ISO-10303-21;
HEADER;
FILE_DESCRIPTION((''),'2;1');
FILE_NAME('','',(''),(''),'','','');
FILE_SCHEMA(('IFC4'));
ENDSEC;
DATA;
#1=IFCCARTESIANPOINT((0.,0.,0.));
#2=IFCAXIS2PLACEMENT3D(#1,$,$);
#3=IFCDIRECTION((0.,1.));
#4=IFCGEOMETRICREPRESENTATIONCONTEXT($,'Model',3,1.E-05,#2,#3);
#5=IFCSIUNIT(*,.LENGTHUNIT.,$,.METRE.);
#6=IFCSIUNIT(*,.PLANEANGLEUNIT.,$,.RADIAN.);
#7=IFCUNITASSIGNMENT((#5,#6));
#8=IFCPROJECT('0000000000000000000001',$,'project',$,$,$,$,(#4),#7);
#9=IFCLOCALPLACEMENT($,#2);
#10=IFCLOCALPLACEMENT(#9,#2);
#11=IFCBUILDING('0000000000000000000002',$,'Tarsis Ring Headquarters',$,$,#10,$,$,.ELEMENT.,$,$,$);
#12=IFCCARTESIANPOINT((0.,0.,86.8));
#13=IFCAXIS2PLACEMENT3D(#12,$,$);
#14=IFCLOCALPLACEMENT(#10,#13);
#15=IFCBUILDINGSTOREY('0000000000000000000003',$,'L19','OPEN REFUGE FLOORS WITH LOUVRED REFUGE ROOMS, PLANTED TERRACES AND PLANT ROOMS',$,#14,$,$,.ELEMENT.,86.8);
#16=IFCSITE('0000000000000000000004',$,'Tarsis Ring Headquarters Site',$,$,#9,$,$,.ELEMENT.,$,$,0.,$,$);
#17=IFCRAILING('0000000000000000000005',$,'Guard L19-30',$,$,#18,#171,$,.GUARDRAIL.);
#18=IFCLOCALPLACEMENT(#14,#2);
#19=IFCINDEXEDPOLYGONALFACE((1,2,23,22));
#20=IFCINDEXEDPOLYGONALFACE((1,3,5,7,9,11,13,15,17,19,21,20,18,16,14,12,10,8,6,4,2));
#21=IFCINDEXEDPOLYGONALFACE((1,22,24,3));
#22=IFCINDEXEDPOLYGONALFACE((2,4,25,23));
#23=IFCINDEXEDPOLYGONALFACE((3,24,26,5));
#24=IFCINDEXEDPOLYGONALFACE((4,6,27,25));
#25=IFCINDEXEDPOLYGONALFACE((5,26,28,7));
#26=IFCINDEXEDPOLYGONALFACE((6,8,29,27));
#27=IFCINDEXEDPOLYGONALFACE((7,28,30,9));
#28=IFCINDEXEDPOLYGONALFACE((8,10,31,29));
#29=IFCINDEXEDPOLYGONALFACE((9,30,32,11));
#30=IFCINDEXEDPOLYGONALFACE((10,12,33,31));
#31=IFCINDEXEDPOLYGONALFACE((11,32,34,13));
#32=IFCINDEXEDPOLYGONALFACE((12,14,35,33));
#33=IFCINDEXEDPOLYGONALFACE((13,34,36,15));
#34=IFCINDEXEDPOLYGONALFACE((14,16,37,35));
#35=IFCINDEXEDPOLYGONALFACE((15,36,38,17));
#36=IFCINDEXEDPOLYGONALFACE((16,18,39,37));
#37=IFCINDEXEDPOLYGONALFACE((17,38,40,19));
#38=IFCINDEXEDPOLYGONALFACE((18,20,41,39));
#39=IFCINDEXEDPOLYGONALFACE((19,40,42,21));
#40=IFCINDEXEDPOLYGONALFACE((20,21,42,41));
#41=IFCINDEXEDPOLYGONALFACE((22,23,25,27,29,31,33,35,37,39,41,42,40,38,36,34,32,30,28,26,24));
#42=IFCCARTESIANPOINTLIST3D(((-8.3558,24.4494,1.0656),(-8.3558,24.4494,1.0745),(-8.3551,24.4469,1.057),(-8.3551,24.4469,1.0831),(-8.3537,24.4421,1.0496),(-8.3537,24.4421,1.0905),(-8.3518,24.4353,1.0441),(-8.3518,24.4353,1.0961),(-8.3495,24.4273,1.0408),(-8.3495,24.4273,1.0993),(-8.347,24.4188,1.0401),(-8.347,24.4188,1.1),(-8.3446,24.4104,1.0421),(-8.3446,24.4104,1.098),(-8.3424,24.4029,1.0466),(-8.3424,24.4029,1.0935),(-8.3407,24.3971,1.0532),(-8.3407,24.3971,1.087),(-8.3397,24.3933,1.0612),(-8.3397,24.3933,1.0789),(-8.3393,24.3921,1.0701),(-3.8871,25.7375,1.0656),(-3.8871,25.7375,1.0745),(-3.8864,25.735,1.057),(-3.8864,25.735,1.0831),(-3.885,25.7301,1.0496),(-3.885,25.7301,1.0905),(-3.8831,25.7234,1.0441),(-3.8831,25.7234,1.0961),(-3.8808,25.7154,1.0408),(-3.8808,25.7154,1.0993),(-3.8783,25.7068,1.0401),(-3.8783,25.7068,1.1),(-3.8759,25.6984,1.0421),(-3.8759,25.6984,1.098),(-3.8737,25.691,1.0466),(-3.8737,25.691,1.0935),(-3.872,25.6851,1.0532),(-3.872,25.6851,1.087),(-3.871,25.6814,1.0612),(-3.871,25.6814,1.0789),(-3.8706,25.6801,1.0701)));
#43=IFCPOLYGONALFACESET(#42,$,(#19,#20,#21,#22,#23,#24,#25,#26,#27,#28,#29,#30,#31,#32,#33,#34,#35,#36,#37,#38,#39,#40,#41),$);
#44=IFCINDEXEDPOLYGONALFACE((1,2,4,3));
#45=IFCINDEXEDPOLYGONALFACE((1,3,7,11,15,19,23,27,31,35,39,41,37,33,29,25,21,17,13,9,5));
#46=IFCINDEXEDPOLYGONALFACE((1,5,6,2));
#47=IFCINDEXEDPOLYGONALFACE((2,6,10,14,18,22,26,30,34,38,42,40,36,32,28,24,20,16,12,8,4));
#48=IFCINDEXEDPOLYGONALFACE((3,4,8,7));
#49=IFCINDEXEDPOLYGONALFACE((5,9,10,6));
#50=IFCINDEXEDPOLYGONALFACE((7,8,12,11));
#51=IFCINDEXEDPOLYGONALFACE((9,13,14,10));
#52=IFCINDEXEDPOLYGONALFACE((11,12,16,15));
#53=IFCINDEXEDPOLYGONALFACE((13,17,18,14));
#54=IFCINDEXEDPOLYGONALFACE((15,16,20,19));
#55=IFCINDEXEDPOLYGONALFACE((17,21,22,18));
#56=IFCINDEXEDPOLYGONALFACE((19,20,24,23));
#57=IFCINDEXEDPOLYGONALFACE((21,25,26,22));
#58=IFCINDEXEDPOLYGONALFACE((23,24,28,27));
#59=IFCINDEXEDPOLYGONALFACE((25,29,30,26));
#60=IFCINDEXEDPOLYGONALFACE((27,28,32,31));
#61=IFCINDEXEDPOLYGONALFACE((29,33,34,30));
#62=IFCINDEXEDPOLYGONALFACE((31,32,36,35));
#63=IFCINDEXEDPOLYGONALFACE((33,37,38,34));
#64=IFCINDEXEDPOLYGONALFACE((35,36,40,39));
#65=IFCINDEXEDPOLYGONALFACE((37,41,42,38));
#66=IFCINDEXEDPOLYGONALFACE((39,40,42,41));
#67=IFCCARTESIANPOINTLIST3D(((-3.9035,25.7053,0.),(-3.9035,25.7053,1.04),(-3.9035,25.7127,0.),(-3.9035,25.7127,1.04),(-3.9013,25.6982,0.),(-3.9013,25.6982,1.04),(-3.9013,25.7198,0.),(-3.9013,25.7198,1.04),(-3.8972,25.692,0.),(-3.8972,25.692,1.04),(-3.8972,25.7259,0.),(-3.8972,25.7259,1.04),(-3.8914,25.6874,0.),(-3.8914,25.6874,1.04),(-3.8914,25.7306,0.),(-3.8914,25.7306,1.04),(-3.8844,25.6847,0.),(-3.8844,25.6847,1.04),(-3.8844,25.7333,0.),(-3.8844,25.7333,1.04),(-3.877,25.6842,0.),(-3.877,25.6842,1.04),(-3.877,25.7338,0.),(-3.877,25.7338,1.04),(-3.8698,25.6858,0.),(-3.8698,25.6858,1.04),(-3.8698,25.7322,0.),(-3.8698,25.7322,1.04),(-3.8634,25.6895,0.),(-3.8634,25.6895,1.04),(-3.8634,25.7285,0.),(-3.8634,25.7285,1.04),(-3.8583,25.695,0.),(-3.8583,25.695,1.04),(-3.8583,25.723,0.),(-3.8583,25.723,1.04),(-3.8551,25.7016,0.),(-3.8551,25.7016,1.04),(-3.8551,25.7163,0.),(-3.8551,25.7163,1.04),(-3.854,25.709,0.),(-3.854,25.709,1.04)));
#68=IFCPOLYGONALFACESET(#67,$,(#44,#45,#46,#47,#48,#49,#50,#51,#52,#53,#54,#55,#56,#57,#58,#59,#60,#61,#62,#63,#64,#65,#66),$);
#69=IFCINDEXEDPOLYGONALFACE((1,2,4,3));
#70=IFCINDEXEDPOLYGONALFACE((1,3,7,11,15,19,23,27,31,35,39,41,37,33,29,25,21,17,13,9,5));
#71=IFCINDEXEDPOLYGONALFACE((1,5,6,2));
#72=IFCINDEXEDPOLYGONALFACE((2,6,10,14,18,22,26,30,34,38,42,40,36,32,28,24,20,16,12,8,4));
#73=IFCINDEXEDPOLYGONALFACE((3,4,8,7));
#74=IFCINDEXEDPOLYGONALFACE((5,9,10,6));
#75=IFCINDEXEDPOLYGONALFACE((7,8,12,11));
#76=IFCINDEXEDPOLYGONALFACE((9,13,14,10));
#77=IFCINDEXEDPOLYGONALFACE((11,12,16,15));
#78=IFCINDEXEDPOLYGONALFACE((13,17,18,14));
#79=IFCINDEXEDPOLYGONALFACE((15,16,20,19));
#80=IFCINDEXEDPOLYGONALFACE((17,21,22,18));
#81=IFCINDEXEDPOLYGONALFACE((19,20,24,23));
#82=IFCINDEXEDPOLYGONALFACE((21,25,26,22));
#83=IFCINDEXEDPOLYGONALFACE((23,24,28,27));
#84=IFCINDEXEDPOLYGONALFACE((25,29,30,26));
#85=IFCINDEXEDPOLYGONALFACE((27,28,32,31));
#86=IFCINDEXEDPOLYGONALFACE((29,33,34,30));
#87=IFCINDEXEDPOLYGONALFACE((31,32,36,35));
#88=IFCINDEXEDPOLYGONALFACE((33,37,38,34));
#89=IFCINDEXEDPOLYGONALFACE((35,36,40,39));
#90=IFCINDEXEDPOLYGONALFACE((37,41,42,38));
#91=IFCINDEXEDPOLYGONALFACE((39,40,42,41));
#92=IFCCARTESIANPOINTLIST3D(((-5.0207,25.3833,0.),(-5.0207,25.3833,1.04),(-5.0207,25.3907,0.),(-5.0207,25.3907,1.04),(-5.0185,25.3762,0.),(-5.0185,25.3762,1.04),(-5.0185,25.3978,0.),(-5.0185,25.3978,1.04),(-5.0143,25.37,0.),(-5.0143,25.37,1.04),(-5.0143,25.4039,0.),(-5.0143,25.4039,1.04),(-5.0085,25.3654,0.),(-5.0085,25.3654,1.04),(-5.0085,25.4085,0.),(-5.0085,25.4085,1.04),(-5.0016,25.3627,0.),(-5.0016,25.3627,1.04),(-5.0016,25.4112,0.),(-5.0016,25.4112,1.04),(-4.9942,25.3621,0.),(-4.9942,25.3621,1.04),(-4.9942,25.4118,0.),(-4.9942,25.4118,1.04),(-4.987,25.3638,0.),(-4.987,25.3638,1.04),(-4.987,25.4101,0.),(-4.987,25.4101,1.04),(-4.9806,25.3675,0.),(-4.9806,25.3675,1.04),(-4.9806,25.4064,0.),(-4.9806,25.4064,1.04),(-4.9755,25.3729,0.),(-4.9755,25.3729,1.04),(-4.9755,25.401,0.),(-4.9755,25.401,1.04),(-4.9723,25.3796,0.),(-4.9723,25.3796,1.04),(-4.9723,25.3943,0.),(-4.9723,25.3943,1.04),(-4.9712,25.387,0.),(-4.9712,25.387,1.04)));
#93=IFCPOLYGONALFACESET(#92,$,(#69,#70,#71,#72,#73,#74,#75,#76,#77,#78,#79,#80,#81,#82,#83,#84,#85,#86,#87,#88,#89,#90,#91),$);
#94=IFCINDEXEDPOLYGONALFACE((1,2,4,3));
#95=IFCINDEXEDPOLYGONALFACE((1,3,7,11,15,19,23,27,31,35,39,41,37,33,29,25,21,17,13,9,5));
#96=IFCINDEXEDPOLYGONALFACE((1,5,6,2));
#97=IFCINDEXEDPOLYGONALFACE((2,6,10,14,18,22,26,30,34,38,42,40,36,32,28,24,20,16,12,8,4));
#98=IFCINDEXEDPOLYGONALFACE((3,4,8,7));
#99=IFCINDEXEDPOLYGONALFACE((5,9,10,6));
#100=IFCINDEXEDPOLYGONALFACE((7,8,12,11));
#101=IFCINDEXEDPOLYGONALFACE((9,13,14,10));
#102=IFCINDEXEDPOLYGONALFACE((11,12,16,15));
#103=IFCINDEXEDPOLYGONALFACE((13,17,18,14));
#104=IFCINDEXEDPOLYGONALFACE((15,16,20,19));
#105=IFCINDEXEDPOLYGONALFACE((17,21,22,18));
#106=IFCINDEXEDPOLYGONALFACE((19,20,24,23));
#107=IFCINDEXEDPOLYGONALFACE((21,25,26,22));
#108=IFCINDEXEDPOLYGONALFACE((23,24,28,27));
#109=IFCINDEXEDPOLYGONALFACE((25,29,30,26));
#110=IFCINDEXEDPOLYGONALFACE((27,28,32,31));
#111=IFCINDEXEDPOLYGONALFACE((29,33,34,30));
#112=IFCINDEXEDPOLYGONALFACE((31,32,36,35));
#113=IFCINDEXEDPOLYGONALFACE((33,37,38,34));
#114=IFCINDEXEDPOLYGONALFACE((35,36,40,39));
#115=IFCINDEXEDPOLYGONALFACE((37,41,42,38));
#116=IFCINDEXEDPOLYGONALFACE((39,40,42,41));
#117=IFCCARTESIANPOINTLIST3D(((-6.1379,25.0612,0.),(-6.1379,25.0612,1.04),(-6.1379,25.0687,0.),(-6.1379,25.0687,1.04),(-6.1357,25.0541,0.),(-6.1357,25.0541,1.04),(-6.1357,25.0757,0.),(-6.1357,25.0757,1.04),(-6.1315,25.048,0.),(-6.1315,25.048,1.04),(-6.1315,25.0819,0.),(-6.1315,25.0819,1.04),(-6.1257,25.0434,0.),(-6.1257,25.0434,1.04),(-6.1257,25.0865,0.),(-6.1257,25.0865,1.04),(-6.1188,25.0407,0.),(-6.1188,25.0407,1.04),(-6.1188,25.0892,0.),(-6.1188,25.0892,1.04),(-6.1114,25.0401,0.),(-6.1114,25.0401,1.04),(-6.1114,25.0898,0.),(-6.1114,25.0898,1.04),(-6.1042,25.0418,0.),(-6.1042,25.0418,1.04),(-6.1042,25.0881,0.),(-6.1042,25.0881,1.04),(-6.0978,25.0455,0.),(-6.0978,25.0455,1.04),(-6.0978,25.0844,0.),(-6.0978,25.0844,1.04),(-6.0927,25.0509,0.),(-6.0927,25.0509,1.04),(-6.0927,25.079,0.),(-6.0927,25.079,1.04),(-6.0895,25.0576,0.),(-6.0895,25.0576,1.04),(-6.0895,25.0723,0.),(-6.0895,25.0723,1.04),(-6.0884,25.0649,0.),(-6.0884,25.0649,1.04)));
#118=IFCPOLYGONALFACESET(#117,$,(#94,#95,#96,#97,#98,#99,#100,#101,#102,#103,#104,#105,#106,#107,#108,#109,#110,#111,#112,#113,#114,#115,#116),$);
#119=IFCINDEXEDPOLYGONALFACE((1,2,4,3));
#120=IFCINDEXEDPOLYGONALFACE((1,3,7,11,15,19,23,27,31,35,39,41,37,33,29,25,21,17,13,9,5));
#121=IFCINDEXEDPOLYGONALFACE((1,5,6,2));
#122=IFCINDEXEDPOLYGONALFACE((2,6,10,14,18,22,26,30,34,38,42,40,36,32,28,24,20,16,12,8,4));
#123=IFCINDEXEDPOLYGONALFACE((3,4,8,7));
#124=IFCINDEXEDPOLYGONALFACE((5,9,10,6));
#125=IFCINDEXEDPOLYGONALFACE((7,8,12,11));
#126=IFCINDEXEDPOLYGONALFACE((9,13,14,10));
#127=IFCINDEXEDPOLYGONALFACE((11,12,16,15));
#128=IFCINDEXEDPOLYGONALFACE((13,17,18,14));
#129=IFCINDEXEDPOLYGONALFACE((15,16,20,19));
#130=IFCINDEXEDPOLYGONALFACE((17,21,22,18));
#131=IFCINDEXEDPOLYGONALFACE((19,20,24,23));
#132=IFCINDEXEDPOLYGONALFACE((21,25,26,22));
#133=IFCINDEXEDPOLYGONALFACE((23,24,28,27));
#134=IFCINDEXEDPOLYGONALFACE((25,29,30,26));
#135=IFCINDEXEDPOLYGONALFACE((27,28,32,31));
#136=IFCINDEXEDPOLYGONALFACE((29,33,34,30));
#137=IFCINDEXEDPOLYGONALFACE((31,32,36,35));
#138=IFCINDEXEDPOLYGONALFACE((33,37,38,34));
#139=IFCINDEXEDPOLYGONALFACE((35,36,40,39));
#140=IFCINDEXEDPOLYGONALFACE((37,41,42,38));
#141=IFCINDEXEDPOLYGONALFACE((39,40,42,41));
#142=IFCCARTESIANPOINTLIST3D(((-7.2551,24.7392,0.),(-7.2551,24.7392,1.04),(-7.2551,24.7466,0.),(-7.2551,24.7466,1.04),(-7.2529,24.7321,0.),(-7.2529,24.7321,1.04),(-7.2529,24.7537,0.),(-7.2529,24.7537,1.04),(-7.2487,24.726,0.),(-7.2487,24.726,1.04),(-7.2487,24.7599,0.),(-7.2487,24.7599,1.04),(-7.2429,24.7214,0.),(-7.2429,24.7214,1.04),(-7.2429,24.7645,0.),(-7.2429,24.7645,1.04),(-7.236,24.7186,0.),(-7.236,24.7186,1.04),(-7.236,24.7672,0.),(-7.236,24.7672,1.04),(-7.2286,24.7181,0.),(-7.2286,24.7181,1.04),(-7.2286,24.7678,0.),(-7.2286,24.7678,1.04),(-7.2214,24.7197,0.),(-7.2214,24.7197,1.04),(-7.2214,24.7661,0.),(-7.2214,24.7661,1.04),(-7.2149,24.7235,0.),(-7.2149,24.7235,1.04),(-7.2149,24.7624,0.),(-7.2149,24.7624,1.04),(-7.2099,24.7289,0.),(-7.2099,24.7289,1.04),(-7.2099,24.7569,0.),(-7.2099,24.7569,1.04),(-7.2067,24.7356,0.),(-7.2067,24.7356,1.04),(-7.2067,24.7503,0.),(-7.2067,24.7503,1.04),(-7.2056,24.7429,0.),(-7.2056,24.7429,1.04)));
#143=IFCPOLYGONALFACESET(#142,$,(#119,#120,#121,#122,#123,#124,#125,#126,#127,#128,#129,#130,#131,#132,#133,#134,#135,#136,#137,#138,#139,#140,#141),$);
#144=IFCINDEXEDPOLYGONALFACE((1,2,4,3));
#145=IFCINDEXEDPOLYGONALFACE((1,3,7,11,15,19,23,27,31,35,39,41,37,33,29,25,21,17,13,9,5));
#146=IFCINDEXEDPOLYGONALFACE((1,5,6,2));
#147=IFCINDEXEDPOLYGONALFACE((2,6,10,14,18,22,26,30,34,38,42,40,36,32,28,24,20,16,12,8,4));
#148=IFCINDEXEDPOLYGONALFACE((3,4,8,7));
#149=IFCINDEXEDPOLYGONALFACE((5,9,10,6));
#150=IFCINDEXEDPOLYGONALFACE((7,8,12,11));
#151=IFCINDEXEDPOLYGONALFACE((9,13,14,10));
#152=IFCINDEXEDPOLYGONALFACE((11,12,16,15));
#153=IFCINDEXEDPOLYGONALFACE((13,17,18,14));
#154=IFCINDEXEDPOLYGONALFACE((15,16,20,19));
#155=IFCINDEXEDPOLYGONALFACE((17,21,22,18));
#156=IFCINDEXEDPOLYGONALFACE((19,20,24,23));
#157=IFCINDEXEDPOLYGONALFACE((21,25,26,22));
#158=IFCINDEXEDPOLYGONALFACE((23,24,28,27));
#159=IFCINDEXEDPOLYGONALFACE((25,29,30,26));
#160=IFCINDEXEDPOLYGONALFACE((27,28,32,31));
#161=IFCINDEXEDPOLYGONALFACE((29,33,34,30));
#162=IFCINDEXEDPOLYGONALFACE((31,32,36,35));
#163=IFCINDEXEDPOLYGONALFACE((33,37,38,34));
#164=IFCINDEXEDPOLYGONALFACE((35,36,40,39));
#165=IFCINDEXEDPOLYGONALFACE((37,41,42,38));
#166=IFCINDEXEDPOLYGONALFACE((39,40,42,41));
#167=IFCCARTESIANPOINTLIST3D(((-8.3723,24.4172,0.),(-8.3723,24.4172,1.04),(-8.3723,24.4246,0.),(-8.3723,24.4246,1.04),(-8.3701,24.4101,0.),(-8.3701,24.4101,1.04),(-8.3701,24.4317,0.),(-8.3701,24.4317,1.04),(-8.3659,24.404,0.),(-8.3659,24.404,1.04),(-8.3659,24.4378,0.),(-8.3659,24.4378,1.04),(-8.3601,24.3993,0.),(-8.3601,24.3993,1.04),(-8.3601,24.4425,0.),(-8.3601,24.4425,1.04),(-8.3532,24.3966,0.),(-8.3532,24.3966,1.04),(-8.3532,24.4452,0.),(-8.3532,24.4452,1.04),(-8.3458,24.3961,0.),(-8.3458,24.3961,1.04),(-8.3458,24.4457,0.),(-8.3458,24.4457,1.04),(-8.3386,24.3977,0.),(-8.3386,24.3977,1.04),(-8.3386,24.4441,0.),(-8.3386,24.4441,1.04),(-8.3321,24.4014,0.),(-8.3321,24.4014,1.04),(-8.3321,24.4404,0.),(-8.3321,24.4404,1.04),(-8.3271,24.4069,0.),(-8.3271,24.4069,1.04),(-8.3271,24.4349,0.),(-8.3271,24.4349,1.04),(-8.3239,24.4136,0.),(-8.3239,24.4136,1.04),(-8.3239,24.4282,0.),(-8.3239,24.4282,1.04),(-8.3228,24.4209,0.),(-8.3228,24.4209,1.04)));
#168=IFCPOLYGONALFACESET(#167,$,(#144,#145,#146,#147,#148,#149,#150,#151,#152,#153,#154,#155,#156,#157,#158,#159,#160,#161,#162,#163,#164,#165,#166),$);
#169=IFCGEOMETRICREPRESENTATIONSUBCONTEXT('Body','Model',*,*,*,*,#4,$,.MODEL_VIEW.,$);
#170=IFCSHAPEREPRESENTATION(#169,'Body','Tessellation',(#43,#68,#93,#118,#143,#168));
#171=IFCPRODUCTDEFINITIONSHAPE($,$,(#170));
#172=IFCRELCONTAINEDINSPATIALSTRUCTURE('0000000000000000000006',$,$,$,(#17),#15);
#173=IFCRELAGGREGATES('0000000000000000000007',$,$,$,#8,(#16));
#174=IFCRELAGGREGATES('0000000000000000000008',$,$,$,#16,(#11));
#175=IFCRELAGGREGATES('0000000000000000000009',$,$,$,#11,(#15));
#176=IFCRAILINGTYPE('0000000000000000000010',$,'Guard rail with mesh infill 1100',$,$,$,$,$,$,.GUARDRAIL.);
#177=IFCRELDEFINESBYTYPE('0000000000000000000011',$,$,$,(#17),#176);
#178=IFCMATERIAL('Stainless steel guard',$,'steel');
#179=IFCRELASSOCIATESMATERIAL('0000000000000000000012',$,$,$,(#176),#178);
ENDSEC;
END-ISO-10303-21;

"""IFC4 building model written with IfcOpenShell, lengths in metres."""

from ifc_helpers import new_model, si_unit, direction, frame, origin, origin_2d, place, context, subcontext, project, spatial, circle, extrude, material, type_object, element, save


model = new_model("IFC4")

# Units and contexts
model_context = context("Model", 3, precision=1e-05, world=origin(), true_north=direction((0.0, 1.0)))
body_context = subcontext(model_context, "Body", "Model", "MODEL_VIEW")
ifc_project = project(units=[si_unit("LENGTHUNIT", "METRE"), si_unit("PLANEANGLEUNIT", "RADIAN")], contexts=[model_context])

# Site, building, storey
site_placement = place(None, origin())
site = spatial("IfcSite", under=ifc_project, at=site_placement, Name="Tarsis Ring Headquarters Site", CompositionType="ELEMENT", RefElevation=0.0)
building_placement = place(site_placement, origin())
building = spatial("IfcBuilding", under=site, at=building_placement, Name="Tarsis Ring Headquarters", CompositionType="ELEMENT")
storey_placement = place(building_placement, frame((0.0, 0.0, 86.8)))
storey = spatial("IfcBuildingStorey", under=building, at=storey_placement, Name="L19", Description="OPEN REFUGE FLOORS WITH LOUVRED REFUGE ROOMS, PLANTED TERRACES AND PLANT ROOMS", CompositionType="ELEMENT", Elevation=86.8)

# Railing
ifc_material_1 = material(Name="Stainless steel guard", Category="steel")
railing_type_1 = type_object("IfcRailingType", Name="Guard rail with mesh infill 1100", PredefinedType="GUARDRAIL", material=ifc_material_1)
railing_1_placement = place(storey_placement, frame((-3.8789, 25.709, 0.0)))
element("IfcRailing", 1, at=railing_1_placement, inside=storey, type_object=railing_type_1, Name="Guard L19-30", PredefinedType="GUARDRAIL", context=body_context, shape_type="SweptSolid", body=[
    extrude(circle(Radius=0.03, at=origin_2d()), frame((0.0, 0.0, 1.0701), z_axis=(-0.960879, -0.276967, 0.0), x_axis=(0.276967, -0.960879, 0.0)), (0.0, 0.0, 1.0), 4.6506),
    extrude(circle(Radius=0.0249, at=origin_2d()), origin(), (0.0, 0.0, 1.0), 1.04),
    extrude(circle(Radius=0.0249, at=origin_2d()), frame((-1.1172, -0.322, 0.0)), (0.0, 0.0, 1.0), 1.04),
    extrude(circle(Radius=0.0249, at=origin_2d()), frame((-2.2344, -0.644, 0.0)), (0.0, 0.0, 1.0), 1.04),
    extrude(circle(Radius=0.0249, at=origin_2d()), frame((-3.3516, -0.9661, 0.0)), (0.0, 0.0, 1.0), 1.04),
    extrude(circle(Radius=0.0249, at=origin_2d()), frame((-4.4688, -1.2881, 0.0)), (0.0, 0.0, 1.0), 1.04),
])

save(model, "model.ifc")
